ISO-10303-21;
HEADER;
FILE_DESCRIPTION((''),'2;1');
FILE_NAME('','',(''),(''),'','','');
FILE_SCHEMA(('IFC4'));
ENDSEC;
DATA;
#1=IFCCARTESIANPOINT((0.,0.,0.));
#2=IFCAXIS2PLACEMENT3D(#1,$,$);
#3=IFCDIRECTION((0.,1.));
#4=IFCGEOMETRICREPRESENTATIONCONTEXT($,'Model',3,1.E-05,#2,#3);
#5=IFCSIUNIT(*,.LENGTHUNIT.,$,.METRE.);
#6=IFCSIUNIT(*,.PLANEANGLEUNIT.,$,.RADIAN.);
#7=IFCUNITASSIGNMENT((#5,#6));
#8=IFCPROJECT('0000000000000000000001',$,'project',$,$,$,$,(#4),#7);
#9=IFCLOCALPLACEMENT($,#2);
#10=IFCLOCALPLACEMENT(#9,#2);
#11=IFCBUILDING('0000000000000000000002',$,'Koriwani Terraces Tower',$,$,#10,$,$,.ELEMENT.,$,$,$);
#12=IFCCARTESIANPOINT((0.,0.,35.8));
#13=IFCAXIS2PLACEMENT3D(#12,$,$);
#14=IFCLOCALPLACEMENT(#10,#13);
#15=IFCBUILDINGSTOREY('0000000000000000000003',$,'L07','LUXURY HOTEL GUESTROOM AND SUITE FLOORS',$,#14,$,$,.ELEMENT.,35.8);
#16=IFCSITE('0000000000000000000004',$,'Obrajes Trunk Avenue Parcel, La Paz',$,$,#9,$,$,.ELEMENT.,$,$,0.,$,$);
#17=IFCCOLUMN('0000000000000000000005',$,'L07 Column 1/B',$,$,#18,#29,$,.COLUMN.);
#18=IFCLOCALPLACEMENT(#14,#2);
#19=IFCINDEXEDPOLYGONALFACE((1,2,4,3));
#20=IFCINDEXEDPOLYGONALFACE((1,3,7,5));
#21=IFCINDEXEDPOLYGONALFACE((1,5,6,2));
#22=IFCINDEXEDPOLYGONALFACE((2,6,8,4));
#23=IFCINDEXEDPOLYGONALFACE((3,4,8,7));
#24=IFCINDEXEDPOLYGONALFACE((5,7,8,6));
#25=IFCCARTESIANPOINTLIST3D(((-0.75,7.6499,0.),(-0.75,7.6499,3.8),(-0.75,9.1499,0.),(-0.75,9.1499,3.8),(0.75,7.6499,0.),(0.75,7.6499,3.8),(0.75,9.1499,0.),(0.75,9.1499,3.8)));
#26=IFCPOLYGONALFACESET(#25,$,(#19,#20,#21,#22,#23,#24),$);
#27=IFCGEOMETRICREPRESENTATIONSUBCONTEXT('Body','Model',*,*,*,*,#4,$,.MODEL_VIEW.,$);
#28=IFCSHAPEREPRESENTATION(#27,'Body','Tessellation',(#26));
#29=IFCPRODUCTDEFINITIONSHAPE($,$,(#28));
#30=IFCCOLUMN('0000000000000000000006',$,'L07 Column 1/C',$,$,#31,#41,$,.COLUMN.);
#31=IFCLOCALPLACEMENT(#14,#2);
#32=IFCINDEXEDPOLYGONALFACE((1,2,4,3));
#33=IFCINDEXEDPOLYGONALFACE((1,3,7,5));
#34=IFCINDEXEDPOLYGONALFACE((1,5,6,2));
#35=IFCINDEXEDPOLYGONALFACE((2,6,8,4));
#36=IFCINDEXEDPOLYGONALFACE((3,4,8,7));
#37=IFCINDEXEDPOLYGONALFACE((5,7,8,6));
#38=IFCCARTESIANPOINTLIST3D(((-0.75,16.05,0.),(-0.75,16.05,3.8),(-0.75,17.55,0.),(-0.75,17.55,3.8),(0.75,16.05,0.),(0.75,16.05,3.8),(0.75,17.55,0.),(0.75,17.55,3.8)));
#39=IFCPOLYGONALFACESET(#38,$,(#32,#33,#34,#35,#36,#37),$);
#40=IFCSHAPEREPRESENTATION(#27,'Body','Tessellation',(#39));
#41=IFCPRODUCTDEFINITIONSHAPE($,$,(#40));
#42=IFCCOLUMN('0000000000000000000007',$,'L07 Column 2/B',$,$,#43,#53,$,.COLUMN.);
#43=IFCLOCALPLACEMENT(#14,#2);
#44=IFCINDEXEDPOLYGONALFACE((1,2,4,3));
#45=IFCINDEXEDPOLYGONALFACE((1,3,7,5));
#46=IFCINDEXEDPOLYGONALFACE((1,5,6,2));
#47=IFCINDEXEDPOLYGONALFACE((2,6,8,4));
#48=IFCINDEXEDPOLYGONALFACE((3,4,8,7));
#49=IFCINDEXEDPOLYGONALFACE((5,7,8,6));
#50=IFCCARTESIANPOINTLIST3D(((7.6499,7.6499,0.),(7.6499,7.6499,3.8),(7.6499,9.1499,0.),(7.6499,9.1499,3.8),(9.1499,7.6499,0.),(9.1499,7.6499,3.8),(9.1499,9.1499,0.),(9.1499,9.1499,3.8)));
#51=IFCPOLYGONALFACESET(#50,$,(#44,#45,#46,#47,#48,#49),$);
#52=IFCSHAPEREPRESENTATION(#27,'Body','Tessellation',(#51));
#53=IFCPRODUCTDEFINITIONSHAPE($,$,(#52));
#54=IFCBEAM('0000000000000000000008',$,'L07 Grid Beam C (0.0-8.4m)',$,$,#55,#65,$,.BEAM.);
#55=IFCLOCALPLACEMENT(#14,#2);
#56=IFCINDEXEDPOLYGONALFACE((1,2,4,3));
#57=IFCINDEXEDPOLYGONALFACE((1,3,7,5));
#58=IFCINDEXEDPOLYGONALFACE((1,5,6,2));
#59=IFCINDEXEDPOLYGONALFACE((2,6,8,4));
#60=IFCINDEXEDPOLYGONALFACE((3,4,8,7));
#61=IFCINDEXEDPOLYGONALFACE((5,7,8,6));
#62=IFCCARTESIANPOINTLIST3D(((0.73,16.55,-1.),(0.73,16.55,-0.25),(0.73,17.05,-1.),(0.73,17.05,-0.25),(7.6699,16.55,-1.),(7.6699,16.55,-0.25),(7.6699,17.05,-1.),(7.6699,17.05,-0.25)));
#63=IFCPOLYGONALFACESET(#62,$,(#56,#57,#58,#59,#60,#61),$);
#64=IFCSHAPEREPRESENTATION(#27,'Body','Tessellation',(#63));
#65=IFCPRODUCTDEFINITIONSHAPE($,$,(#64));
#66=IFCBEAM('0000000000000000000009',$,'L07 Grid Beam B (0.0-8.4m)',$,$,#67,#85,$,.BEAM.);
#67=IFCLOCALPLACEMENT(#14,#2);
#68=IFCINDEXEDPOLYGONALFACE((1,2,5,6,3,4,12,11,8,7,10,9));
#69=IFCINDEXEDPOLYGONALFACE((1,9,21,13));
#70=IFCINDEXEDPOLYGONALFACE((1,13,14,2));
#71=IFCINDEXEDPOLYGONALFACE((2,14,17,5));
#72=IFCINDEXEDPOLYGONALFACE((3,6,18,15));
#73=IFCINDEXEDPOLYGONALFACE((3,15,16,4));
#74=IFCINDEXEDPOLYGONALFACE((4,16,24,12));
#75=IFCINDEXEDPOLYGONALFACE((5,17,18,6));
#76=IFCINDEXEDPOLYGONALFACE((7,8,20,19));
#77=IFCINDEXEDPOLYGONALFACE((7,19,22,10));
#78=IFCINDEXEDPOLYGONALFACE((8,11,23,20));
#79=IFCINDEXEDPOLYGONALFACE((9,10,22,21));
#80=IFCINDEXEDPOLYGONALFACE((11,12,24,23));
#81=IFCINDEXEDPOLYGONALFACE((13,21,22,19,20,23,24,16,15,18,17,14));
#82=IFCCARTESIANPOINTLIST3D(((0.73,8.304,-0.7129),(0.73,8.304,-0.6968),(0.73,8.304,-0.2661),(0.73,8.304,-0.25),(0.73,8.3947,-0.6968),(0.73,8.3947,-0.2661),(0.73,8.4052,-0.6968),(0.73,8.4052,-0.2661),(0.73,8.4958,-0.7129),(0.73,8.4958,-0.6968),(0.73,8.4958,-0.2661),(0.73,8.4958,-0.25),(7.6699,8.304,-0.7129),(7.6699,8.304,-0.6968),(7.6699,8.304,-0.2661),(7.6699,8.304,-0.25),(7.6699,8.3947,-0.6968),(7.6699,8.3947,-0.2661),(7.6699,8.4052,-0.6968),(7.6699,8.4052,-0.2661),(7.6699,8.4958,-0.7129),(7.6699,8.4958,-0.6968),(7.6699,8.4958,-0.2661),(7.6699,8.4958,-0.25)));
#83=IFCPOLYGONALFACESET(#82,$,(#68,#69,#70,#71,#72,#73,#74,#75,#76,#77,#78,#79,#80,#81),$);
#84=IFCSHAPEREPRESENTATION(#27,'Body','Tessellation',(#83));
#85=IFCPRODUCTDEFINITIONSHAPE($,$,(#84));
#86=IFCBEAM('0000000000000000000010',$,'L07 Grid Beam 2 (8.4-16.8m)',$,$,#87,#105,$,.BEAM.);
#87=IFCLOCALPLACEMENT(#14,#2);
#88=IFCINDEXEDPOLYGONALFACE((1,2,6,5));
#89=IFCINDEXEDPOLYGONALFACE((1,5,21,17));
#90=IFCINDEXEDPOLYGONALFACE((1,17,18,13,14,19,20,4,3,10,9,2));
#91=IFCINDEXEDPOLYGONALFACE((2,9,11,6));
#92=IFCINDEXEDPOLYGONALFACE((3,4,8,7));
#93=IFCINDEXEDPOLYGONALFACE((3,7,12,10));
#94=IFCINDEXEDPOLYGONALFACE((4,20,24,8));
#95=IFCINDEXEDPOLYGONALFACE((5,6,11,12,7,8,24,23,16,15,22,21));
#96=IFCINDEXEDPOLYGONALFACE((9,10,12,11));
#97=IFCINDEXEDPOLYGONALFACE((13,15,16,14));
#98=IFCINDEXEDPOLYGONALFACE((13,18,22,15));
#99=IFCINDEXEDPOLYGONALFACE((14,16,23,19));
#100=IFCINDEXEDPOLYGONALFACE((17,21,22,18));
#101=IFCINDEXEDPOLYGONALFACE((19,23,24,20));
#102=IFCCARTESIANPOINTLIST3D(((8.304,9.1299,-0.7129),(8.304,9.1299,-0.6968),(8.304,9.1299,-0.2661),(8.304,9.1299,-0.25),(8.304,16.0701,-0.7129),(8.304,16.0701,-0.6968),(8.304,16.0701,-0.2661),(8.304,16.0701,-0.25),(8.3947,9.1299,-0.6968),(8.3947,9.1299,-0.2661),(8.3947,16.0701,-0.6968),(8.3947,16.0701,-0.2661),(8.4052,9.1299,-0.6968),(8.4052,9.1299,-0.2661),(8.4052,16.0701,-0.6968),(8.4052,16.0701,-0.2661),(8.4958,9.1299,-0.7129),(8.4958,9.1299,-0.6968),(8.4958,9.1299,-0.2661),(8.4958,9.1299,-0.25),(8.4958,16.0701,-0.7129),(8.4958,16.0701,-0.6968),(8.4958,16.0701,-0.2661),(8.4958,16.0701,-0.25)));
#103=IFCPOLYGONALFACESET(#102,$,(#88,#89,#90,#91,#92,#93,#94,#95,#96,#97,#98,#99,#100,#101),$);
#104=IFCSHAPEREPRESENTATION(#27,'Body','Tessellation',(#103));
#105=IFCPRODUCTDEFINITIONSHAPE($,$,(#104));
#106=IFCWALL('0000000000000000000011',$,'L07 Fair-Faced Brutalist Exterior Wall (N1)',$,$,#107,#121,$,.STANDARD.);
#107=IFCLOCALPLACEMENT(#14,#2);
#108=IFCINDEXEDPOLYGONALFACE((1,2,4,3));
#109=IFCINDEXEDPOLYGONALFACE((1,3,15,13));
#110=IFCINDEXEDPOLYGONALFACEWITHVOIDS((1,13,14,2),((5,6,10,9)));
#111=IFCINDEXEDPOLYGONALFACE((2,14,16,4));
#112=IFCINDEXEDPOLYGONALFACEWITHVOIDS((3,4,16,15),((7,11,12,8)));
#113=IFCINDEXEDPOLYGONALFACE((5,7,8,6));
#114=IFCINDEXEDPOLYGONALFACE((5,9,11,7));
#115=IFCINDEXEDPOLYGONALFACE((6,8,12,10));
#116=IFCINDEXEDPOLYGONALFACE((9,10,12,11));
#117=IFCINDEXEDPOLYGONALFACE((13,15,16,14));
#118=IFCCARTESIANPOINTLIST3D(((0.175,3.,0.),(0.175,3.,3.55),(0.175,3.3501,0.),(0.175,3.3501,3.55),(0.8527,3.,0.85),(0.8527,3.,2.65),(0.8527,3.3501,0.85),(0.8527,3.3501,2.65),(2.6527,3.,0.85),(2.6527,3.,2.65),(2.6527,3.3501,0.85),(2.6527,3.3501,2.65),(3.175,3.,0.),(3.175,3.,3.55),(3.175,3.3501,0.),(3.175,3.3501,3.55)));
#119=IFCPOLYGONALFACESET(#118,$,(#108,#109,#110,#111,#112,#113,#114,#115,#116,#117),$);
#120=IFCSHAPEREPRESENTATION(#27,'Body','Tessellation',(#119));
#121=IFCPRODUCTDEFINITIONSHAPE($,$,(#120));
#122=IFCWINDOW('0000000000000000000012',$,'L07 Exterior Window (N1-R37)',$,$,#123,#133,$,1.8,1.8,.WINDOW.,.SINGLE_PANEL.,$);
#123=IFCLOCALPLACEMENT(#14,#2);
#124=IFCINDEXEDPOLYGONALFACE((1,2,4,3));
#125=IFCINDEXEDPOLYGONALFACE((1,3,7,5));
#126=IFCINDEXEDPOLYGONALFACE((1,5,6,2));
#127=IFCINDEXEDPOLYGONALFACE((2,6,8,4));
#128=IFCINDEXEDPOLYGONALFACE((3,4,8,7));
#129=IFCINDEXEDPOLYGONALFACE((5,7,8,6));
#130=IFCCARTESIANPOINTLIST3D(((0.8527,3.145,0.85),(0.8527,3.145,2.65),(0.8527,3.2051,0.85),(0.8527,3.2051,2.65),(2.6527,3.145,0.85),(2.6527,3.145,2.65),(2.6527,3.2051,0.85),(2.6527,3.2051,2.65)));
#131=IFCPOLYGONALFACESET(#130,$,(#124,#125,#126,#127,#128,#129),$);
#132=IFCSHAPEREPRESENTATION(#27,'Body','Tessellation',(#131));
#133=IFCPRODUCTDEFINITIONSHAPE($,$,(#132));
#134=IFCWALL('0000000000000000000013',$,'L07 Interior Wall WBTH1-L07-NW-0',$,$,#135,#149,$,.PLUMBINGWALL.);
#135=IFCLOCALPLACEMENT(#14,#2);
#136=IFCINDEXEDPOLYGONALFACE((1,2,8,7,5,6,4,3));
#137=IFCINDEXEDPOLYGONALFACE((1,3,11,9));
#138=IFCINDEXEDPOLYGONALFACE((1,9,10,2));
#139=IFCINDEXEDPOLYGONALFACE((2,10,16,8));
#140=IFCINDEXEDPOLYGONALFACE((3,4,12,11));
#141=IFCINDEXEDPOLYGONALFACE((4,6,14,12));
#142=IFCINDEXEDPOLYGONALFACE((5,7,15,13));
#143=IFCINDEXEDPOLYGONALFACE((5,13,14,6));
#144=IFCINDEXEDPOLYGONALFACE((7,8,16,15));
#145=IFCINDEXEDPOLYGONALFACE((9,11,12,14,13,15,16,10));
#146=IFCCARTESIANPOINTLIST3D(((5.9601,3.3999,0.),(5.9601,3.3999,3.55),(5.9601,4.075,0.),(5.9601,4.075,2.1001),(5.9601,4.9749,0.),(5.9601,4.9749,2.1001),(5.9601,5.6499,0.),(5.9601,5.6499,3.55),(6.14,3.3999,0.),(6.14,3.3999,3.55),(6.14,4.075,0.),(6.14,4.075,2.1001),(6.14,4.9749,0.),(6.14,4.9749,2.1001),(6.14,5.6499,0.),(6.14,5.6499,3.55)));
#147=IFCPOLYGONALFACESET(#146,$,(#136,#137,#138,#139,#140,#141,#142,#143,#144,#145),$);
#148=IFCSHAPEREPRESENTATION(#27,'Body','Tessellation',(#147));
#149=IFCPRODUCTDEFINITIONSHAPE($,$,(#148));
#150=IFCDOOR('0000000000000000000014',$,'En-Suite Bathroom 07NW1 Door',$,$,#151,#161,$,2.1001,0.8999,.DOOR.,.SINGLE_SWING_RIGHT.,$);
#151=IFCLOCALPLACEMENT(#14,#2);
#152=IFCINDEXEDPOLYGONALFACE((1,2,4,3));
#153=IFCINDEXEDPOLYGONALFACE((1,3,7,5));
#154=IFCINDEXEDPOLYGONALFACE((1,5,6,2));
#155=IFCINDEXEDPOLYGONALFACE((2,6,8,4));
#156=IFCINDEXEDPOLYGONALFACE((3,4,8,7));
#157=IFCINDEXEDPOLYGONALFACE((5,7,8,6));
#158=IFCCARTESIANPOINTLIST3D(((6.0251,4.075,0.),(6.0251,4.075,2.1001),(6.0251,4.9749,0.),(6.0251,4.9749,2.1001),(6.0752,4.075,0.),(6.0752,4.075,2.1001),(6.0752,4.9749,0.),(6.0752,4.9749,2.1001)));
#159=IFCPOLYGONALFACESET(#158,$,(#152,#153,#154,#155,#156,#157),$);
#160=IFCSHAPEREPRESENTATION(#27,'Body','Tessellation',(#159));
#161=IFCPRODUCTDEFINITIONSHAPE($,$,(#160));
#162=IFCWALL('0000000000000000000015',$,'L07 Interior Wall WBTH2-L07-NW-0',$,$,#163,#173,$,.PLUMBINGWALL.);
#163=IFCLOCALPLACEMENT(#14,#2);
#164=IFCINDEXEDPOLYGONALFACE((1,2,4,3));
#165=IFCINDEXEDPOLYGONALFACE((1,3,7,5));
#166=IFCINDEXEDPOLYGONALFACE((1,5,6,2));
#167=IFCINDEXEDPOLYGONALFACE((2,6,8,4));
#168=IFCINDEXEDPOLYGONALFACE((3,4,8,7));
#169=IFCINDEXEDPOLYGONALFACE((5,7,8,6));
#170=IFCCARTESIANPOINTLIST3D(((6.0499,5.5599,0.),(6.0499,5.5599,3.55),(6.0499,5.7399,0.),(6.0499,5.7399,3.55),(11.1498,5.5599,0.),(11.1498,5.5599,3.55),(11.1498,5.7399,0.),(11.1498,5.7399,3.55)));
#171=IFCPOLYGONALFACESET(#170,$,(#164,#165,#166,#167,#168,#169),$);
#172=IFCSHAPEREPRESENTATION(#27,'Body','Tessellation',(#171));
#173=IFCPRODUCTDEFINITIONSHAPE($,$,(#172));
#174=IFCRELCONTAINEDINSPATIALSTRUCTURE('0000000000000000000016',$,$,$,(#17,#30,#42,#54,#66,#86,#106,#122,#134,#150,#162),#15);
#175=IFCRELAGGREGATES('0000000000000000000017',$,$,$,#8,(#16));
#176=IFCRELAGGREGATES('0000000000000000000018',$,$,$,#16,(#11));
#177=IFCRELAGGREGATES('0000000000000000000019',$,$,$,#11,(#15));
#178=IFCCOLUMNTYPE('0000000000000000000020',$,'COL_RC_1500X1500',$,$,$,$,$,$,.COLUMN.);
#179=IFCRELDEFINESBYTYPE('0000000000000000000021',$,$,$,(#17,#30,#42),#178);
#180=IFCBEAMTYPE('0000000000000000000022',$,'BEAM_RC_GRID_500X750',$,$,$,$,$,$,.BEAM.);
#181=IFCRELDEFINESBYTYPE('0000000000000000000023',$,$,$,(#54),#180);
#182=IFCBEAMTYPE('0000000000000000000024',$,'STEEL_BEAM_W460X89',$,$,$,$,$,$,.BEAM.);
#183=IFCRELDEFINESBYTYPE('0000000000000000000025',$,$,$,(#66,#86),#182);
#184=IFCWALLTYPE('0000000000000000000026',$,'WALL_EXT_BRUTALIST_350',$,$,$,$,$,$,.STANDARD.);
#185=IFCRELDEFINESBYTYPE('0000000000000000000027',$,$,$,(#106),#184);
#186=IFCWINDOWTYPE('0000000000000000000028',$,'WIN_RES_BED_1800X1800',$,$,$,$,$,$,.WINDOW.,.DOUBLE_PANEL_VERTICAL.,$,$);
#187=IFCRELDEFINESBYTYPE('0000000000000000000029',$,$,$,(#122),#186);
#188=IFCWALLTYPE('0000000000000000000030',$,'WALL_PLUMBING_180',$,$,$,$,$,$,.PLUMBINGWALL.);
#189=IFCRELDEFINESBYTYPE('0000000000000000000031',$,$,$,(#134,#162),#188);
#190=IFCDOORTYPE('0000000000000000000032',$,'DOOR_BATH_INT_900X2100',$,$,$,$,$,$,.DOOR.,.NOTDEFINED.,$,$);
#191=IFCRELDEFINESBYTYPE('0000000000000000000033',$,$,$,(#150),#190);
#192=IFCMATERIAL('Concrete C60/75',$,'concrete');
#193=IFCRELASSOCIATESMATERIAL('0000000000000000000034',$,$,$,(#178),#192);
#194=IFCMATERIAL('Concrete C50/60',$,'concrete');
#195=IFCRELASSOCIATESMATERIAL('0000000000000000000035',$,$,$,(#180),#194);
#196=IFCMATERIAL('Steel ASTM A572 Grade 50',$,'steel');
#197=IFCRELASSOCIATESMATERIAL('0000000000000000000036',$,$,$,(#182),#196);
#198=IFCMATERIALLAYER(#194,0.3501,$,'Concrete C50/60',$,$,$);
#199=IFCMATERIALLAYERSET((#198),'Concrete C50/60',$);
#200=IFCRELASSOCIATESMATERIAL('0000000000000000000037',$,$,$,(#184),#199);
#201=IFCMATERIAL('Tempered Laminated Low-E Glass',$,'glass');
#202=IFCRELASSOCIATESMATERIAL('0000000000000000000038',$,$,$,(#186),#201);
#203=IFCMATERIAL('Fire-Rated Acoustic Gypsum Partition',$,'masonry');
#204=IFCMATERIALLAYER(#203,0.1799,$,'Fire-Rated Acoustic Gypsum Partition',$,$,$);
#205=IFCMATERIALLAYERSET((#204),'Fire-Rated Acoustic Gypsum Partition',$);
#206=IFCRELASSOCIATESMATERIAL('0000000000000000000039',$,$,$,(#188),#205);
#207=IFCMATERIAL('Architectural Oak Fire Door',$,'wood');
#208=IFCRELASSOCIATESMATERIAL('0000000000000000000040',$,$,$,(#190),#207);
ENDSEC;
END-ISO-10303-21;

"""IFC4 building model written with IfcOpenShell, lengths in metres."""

from ifc_helpers import new_model, si_unit, direction, frame, frame_2d, origin, origin_2d, place, context, subcontext, project, spatial, rectangle, i_section, extrude, material, layer, layer_set, material_profile, profile_set, type_object, element, fill, save


model = new_model("IFC4")

# Units and contexts
model_context = context("Model", 3, precision=1e-05, world=origin(), true_north=direction((0.0, 1.0)))
body_context = subcontext(model_context, "Body", "Model", "MODEL_VIEW")
ifc_project = project(units=[si_unit("LENGTHUNIT", "METRE"), si_unit("PLANEANGLEUNIT", "RADIAN")], contexts=[model_context])

# Site, building, storey
site_placement = place(None, origin())
site = spatial("IfcSite", under=ifc_project, at=site_placement, Name="Obrajes Trunk Avenue Parcel, La Paz", CompositionType="ELEMENT", RefElevation=0.0)
building_placement = place(site_placement, origin())
building = spatial("IfcBuilding", under=site, at=building_placement, Name="Koriwani Terraces Tower", CompositionType="ELEMENT")
storey_placement = place(building_placement, frame((0.0, 0.0, 35.8)))
storey = spatial("IfcBuildingStorey", under=building, at=storey_placement, Name="L07", Description="LUXURY HOTEL GUESTROOM AND SUITE FLOORS", CompositionType="ELEMENT", Elevation=35.8)

# Columns
ifc_material_1 = material(Name="Concrete C60/75", Category="concrete")
ifc_material_profile_1 = material_profile(ifc_material_1, rectangle(XDim=1.5, YDim=1.5, at=origin_2d()), Name="Concrete C60/75", Category="LoadBearing")
ifc_profile_set_1 = profile_set([ifc_material_profile_1], Name="Concrete C60/75")
column_type = type_object("IfcColumnType", Name="COL_RC_1500X1500", PredefinedType="COLUMN", material=ifc_profile_set_1)
for number, where, z_axis, x_axis, name in (
    (1, (0.0, 8.3999, 0.0), (0.0, 0.0, 1.0), (1.0, 0.0, 0.0), "L07 Column 1/B"),
    (2, (0.0, 16.8, 0.0), (0.0, 0.0, 1.0), (1.0, 0.0, 0.0), "L07 Column 1/C"),
    (3, (8.3999, 8.3999, 0.0), (0.0, 0.0, 1.0), (1.0, 0.0, 0.0), "L07 Column 2/B"),
):
    element("IfcColumn", number, at=place(storey_placement, frame(where, z_axis=z_axis, x_axis=x_axis)), inside=storey, type_object=column_type, Name=name, PredefinedType="COLUMN", context=body_context, shape_type="SweptSolid", body=[
        extrude(rectangle(XDim=1.5, YDim=1.5, at=origin_2d()), origin(), (0.0, 0.0, 1.0), 3.8),
    ])

# Beams
ifc_material_2 = material(Name="Concrete C50/60", Category="concrete")
ifc_material_profile_2 = material_profile(ifc_material_2, rectangle(XDim=0.5, YDim=0.75, at=origin_2d()), Name="Concrete C50/60", Category="LoadBearing")
ifc_profile_set_2 = profile_set([ifc_material_profile_2], Name="Concrete C50/60")
beam_type_1 = type_object("IfcBeamType", Name="BEAM_RC_GRID_500X750", PredefinedType="BEAM", material=ifc_profile_set_2)
beam_1_placement = place(storey_placement, frame((0.73, 16.8, -0.625), z_axis=(1.0, 0.0, 0.0), x_axis=(0.0, 1.0, 0.0)))
element("IfcBeam", 4, at=beam_1_placement, inside=storey, type_object=beam_type_1, Name="L07 Grid Beam C (0.0-8.4m)", PredefinedType="BEAM", context=body_context, shape_type="SweptSolid", body=[
    extrude(rectangle(XDim=0.5, YDim=0.75, at=origin_2d()), origin(), (0.0, 0.0, 1.0), 6.9399),
])
ifc_material_3 = material(Name="Steel ASTM A572 Grade 50", Category="steel")
ifc_material_profile_3 = material_profile(ifc_material_3, i_section(OverallWidth=0.1919, OverallDepth=0.4629, WebThickness=0.0105, FlangeThickness=0.0161, at=origin_2d()), Name="Steel ASTM A572 Grade 50", Category="LoadBearing")
ifc_profile_set_3 = profile_set([ifc_material_profile_3], Name="Steel ASTM A572 Grade 50")
beam_type_2 = type_object("IfcBeamType", Name="STEEL_BEAM_W460X89", PredefinedType="BEAM", material=ifc_profile_set_3)
beam_2_placement = place(storey_placement, frame((0.73, 8.3999, -0.4814), z_axis=(1.0, 0.0, 0.0), x_axis=(0.0, 1.0, 0.0)))
element("IfcBeam", 5, at=beam_2_placement, inside=storey, type_object=beam_type_2, Name="L07 Grid Beam B (0.0-8.4m)", PredefinedType="BEAM", context=body_context, shape_type="SweptSolid", body=[
    extrude(i_section(OverallWidth=0.1919, OverallDepth=0.4629, WebThickness=0.0105, FlangeThickness=0.0161, at=origin_2d()), origin(), (0.0, 0.0, 1.0), 6.9399),
])
beam_3_placement = place(storey_placement, frame((8.3999, 9.1299, -0.4814), z_axis=(0.0, 1.0, 0.0), x_axis=(-1.0, 0.0, 0.0)))
element("IfcBeam", 6, at=beam_3_placement, inside=storey, type_object=beam_type_2, Name="L07 Grid Beam 2 (8.4-16.8m)", PredefinedType="BEAM", context=body_context, shape_type="SweptSolid", body=[
    extrude(i_section(OverallWidth=0.1919, OverallDepth=0.4629, WebThickness=0.0105, FlangeThickness=0.0161, at=origin_2d()), origin(), (0.0, 0.0, 1.0), 6.9402),
])

# Wall, opening, window
ifc_layer_1 = layer(ifc_material_2, 0.3501, Name="Concrete C50/60")
ifc_layer_set_1 = layer_set([ifc_layer_1], Name="Concrete C50/60")
wall_type_1 = type_object("IfcWallType", Name="WALL_EXT_BRUTALIST_350", PredefinedType="STANDARD", material=ifc_layer_set_1)
wall_1_placement = place(storey_placement, frame((3.175, 3.175, 0.0), z_axis=(0.0, 0.0, 1.0), x_axis=(-1.0, 0.0, 0.0)))
wall_1 = element("IfcWall", 7, at=wall_1_placement, inside=storey, type_object=wall_type_1, Name="L07 Fair-Faced Brutalist Exterior Wall (N1)", PredefinedType="STANDARD", context=body_context, shape_type="SweptSolid", body=[
    extrude(rectangle(XDim=3.0, YDim=0.3501, at=frame_2d((1.5, 0.0))), origin(), (0.0, 0.0, 1.0), 3.55),
])
opening_1_placement = place(wall_1_placement, frame((0.5225, 0.0, 0.8501)))
opening_1 = element("IfcOpeningElement", 8, at=opening_1_placement, cuts=wall_1, PredefinedType="OPENING", context=body_context, shape_type="SweptSolid", body=[
    extrude(rectangle(XDim=1.8, YDim=1.8, at=frame_2d((0.8999, 0.8999))), frame((0.0, 0.1851, 0.0), z_axis=(0.0, -1.0, 0.0), x_axis=(1.0, 0.0, 0.0)), (0.0, 0.0, 1.0), 0.3701),
])
ifc_material_4 = material(Name="Tempered Laminated Low-E Glass", Category="glass")
window_type = type_object("IfcWindowType", Name="WIN_RES_BED_1800X1800", PartitioningType="DOUBLE_PANEL_VERTICAL", PredefinedType="WINDOW", material=ifc_material_4)
window_placement = place(opening_1_placement, origin())
window = element("IfcWindow", 9, at=window_placement, inside=storey, type_object=window_type, Name="L07 Exterior Window (N1-R37)", OverallHeight=1.8, OverallWidth=1.8, PartitioningType="SINGLE_PANEL", PredefinedType="WINDOW", context=body_context, shape_type="SweptSolid", body=[
    extrude(rectangle(XDim=1.8, YDim=1.8, at=frame_2d((0.8999, 0.8999))), frame((0.0, 0.03, 0.0), z_axis=(0.0, -1.0, 0.0), x_axis=(1.0, 0.0, 0.0)), (0.0, 0.0, 1.0), 0.0601),
])
fill(opening_1, window)

# Wall, opening, door
ifc_material_5 = material(Name="Fire-Rated Acoustic Gypsum Partition", Category="masonry")
ifc_layer_2 = layer(ifc_material_5, 0.1799, Name="Fire-Rated Acoustic Gypsum Partition")
ifc_layer_set_2 = layer_set([ifc_layer_2], Name="Fire-Rated Acoustic Gypsum Partition")
wall_type_2 = type_object("IfcWallType", Name="WALL_PLUMBING_180", PredefinedType="PLUMBINGWALL", material=ifc_layer_set_2)
wall_2_placement = place(storey_placement, frame((6.05, 3.3999, 0.0), z_axis=(0.0, 0.0, 1.0), x_axis=(0.0, 1.0, 0.0)))
wall_2 = element("IfcWall", 10, at=wall_2_placement, inside=storey, type_object=wall_type_2, Name="L07 Interior Wall WBTH1-L07-NW-0", PredefinedType="PLUMBINGWALL", context=body_context, shape_type="SweptSolid", body=[
    extrude(rectangle(XDim=2.25, YDim=0.1799, at=frame_2d((1.125, 0.0))), origin(), (0.0, 0.0, 1.0), 3.55),
])
opening_2_placement = place(wall_2_placement, frame((0.675, 0.0, 0.0)))
opening_2 = element("IfcOpeningElement", 11, at=opening_2_placement, cuts=wall_2, PredefinedType="OPENING", context=body_context, shape_type="SweptSolid", body=[
    extrude(rectangle(XDim=0.8999, YDim=2.1001, at=frame_2d((0.45, 1.05))), frame((0.0, 0.1001, 0.0), z_axis=(0.0, -1.0, 0.0), x_axis=(1.0, 0.0, 0.0)), (0.0, 0.0, 1.0), 0.2),
])
ifc_material_6 = material(Name="Architectural Oak Fire Door", Category="wood")
door_type = type_object("IfcDoorType", Name="DOOR_BATH_INT_900X2100", OperationType="NOTDEFINED", PredefinedType="DOOR", material=ifc_material_6)
door_1_placement = place(opening_2_placement, origin())
door_1 = element("IfcDoor", 12, at=door_1_placement, inside=storey, type_object=door_type, Name="En-Suite Bathroom 07NW1 Door", OperationType="SINGLE_SWING_RIGHT", OverallHeight=2.1001, OverallWidth=0.8999, PredefinedType="DOOR", context=body_context, shape_type="SweptSolid", body=[
    extrude(rectangle(XDim=0.8999, YDim=2.1001, at=frame_2d((0.45, 1.05))), frame((0.0, 0.0249, 0.0), z_axis=(0.0, -1.0, 0.0), x_axis=(1.0, 0.0, 0.0)), (0.0, 0.0, 1.0), 0.05),
])
fill(opening_2, door_1)

# Wall
wall_3_placement = place(storey_placement, frame((6.05, 5.6499, 0.0), z_axis=(0.0, 0.0, 1.0), x_axis=(1.0, 0.0, 0.0)))
element("IfcWall", 13, at=wall_3_placement, inside=storey, type_object=wall_type_2, Name="L07 Interior Wall WBTH2-L07-NW-0", PredefinedType="PLUMBINGWALL", context=body_context, shape_type="SweptSolid", body=[
    extrude(rectangle(XDim=5.0999, YDim=0.1799, at=frame_2d((2.5498, 0.0))), origin(), (0.0, 0.0, 1.0), 3.55),
])

save(model, "model.ifc")
